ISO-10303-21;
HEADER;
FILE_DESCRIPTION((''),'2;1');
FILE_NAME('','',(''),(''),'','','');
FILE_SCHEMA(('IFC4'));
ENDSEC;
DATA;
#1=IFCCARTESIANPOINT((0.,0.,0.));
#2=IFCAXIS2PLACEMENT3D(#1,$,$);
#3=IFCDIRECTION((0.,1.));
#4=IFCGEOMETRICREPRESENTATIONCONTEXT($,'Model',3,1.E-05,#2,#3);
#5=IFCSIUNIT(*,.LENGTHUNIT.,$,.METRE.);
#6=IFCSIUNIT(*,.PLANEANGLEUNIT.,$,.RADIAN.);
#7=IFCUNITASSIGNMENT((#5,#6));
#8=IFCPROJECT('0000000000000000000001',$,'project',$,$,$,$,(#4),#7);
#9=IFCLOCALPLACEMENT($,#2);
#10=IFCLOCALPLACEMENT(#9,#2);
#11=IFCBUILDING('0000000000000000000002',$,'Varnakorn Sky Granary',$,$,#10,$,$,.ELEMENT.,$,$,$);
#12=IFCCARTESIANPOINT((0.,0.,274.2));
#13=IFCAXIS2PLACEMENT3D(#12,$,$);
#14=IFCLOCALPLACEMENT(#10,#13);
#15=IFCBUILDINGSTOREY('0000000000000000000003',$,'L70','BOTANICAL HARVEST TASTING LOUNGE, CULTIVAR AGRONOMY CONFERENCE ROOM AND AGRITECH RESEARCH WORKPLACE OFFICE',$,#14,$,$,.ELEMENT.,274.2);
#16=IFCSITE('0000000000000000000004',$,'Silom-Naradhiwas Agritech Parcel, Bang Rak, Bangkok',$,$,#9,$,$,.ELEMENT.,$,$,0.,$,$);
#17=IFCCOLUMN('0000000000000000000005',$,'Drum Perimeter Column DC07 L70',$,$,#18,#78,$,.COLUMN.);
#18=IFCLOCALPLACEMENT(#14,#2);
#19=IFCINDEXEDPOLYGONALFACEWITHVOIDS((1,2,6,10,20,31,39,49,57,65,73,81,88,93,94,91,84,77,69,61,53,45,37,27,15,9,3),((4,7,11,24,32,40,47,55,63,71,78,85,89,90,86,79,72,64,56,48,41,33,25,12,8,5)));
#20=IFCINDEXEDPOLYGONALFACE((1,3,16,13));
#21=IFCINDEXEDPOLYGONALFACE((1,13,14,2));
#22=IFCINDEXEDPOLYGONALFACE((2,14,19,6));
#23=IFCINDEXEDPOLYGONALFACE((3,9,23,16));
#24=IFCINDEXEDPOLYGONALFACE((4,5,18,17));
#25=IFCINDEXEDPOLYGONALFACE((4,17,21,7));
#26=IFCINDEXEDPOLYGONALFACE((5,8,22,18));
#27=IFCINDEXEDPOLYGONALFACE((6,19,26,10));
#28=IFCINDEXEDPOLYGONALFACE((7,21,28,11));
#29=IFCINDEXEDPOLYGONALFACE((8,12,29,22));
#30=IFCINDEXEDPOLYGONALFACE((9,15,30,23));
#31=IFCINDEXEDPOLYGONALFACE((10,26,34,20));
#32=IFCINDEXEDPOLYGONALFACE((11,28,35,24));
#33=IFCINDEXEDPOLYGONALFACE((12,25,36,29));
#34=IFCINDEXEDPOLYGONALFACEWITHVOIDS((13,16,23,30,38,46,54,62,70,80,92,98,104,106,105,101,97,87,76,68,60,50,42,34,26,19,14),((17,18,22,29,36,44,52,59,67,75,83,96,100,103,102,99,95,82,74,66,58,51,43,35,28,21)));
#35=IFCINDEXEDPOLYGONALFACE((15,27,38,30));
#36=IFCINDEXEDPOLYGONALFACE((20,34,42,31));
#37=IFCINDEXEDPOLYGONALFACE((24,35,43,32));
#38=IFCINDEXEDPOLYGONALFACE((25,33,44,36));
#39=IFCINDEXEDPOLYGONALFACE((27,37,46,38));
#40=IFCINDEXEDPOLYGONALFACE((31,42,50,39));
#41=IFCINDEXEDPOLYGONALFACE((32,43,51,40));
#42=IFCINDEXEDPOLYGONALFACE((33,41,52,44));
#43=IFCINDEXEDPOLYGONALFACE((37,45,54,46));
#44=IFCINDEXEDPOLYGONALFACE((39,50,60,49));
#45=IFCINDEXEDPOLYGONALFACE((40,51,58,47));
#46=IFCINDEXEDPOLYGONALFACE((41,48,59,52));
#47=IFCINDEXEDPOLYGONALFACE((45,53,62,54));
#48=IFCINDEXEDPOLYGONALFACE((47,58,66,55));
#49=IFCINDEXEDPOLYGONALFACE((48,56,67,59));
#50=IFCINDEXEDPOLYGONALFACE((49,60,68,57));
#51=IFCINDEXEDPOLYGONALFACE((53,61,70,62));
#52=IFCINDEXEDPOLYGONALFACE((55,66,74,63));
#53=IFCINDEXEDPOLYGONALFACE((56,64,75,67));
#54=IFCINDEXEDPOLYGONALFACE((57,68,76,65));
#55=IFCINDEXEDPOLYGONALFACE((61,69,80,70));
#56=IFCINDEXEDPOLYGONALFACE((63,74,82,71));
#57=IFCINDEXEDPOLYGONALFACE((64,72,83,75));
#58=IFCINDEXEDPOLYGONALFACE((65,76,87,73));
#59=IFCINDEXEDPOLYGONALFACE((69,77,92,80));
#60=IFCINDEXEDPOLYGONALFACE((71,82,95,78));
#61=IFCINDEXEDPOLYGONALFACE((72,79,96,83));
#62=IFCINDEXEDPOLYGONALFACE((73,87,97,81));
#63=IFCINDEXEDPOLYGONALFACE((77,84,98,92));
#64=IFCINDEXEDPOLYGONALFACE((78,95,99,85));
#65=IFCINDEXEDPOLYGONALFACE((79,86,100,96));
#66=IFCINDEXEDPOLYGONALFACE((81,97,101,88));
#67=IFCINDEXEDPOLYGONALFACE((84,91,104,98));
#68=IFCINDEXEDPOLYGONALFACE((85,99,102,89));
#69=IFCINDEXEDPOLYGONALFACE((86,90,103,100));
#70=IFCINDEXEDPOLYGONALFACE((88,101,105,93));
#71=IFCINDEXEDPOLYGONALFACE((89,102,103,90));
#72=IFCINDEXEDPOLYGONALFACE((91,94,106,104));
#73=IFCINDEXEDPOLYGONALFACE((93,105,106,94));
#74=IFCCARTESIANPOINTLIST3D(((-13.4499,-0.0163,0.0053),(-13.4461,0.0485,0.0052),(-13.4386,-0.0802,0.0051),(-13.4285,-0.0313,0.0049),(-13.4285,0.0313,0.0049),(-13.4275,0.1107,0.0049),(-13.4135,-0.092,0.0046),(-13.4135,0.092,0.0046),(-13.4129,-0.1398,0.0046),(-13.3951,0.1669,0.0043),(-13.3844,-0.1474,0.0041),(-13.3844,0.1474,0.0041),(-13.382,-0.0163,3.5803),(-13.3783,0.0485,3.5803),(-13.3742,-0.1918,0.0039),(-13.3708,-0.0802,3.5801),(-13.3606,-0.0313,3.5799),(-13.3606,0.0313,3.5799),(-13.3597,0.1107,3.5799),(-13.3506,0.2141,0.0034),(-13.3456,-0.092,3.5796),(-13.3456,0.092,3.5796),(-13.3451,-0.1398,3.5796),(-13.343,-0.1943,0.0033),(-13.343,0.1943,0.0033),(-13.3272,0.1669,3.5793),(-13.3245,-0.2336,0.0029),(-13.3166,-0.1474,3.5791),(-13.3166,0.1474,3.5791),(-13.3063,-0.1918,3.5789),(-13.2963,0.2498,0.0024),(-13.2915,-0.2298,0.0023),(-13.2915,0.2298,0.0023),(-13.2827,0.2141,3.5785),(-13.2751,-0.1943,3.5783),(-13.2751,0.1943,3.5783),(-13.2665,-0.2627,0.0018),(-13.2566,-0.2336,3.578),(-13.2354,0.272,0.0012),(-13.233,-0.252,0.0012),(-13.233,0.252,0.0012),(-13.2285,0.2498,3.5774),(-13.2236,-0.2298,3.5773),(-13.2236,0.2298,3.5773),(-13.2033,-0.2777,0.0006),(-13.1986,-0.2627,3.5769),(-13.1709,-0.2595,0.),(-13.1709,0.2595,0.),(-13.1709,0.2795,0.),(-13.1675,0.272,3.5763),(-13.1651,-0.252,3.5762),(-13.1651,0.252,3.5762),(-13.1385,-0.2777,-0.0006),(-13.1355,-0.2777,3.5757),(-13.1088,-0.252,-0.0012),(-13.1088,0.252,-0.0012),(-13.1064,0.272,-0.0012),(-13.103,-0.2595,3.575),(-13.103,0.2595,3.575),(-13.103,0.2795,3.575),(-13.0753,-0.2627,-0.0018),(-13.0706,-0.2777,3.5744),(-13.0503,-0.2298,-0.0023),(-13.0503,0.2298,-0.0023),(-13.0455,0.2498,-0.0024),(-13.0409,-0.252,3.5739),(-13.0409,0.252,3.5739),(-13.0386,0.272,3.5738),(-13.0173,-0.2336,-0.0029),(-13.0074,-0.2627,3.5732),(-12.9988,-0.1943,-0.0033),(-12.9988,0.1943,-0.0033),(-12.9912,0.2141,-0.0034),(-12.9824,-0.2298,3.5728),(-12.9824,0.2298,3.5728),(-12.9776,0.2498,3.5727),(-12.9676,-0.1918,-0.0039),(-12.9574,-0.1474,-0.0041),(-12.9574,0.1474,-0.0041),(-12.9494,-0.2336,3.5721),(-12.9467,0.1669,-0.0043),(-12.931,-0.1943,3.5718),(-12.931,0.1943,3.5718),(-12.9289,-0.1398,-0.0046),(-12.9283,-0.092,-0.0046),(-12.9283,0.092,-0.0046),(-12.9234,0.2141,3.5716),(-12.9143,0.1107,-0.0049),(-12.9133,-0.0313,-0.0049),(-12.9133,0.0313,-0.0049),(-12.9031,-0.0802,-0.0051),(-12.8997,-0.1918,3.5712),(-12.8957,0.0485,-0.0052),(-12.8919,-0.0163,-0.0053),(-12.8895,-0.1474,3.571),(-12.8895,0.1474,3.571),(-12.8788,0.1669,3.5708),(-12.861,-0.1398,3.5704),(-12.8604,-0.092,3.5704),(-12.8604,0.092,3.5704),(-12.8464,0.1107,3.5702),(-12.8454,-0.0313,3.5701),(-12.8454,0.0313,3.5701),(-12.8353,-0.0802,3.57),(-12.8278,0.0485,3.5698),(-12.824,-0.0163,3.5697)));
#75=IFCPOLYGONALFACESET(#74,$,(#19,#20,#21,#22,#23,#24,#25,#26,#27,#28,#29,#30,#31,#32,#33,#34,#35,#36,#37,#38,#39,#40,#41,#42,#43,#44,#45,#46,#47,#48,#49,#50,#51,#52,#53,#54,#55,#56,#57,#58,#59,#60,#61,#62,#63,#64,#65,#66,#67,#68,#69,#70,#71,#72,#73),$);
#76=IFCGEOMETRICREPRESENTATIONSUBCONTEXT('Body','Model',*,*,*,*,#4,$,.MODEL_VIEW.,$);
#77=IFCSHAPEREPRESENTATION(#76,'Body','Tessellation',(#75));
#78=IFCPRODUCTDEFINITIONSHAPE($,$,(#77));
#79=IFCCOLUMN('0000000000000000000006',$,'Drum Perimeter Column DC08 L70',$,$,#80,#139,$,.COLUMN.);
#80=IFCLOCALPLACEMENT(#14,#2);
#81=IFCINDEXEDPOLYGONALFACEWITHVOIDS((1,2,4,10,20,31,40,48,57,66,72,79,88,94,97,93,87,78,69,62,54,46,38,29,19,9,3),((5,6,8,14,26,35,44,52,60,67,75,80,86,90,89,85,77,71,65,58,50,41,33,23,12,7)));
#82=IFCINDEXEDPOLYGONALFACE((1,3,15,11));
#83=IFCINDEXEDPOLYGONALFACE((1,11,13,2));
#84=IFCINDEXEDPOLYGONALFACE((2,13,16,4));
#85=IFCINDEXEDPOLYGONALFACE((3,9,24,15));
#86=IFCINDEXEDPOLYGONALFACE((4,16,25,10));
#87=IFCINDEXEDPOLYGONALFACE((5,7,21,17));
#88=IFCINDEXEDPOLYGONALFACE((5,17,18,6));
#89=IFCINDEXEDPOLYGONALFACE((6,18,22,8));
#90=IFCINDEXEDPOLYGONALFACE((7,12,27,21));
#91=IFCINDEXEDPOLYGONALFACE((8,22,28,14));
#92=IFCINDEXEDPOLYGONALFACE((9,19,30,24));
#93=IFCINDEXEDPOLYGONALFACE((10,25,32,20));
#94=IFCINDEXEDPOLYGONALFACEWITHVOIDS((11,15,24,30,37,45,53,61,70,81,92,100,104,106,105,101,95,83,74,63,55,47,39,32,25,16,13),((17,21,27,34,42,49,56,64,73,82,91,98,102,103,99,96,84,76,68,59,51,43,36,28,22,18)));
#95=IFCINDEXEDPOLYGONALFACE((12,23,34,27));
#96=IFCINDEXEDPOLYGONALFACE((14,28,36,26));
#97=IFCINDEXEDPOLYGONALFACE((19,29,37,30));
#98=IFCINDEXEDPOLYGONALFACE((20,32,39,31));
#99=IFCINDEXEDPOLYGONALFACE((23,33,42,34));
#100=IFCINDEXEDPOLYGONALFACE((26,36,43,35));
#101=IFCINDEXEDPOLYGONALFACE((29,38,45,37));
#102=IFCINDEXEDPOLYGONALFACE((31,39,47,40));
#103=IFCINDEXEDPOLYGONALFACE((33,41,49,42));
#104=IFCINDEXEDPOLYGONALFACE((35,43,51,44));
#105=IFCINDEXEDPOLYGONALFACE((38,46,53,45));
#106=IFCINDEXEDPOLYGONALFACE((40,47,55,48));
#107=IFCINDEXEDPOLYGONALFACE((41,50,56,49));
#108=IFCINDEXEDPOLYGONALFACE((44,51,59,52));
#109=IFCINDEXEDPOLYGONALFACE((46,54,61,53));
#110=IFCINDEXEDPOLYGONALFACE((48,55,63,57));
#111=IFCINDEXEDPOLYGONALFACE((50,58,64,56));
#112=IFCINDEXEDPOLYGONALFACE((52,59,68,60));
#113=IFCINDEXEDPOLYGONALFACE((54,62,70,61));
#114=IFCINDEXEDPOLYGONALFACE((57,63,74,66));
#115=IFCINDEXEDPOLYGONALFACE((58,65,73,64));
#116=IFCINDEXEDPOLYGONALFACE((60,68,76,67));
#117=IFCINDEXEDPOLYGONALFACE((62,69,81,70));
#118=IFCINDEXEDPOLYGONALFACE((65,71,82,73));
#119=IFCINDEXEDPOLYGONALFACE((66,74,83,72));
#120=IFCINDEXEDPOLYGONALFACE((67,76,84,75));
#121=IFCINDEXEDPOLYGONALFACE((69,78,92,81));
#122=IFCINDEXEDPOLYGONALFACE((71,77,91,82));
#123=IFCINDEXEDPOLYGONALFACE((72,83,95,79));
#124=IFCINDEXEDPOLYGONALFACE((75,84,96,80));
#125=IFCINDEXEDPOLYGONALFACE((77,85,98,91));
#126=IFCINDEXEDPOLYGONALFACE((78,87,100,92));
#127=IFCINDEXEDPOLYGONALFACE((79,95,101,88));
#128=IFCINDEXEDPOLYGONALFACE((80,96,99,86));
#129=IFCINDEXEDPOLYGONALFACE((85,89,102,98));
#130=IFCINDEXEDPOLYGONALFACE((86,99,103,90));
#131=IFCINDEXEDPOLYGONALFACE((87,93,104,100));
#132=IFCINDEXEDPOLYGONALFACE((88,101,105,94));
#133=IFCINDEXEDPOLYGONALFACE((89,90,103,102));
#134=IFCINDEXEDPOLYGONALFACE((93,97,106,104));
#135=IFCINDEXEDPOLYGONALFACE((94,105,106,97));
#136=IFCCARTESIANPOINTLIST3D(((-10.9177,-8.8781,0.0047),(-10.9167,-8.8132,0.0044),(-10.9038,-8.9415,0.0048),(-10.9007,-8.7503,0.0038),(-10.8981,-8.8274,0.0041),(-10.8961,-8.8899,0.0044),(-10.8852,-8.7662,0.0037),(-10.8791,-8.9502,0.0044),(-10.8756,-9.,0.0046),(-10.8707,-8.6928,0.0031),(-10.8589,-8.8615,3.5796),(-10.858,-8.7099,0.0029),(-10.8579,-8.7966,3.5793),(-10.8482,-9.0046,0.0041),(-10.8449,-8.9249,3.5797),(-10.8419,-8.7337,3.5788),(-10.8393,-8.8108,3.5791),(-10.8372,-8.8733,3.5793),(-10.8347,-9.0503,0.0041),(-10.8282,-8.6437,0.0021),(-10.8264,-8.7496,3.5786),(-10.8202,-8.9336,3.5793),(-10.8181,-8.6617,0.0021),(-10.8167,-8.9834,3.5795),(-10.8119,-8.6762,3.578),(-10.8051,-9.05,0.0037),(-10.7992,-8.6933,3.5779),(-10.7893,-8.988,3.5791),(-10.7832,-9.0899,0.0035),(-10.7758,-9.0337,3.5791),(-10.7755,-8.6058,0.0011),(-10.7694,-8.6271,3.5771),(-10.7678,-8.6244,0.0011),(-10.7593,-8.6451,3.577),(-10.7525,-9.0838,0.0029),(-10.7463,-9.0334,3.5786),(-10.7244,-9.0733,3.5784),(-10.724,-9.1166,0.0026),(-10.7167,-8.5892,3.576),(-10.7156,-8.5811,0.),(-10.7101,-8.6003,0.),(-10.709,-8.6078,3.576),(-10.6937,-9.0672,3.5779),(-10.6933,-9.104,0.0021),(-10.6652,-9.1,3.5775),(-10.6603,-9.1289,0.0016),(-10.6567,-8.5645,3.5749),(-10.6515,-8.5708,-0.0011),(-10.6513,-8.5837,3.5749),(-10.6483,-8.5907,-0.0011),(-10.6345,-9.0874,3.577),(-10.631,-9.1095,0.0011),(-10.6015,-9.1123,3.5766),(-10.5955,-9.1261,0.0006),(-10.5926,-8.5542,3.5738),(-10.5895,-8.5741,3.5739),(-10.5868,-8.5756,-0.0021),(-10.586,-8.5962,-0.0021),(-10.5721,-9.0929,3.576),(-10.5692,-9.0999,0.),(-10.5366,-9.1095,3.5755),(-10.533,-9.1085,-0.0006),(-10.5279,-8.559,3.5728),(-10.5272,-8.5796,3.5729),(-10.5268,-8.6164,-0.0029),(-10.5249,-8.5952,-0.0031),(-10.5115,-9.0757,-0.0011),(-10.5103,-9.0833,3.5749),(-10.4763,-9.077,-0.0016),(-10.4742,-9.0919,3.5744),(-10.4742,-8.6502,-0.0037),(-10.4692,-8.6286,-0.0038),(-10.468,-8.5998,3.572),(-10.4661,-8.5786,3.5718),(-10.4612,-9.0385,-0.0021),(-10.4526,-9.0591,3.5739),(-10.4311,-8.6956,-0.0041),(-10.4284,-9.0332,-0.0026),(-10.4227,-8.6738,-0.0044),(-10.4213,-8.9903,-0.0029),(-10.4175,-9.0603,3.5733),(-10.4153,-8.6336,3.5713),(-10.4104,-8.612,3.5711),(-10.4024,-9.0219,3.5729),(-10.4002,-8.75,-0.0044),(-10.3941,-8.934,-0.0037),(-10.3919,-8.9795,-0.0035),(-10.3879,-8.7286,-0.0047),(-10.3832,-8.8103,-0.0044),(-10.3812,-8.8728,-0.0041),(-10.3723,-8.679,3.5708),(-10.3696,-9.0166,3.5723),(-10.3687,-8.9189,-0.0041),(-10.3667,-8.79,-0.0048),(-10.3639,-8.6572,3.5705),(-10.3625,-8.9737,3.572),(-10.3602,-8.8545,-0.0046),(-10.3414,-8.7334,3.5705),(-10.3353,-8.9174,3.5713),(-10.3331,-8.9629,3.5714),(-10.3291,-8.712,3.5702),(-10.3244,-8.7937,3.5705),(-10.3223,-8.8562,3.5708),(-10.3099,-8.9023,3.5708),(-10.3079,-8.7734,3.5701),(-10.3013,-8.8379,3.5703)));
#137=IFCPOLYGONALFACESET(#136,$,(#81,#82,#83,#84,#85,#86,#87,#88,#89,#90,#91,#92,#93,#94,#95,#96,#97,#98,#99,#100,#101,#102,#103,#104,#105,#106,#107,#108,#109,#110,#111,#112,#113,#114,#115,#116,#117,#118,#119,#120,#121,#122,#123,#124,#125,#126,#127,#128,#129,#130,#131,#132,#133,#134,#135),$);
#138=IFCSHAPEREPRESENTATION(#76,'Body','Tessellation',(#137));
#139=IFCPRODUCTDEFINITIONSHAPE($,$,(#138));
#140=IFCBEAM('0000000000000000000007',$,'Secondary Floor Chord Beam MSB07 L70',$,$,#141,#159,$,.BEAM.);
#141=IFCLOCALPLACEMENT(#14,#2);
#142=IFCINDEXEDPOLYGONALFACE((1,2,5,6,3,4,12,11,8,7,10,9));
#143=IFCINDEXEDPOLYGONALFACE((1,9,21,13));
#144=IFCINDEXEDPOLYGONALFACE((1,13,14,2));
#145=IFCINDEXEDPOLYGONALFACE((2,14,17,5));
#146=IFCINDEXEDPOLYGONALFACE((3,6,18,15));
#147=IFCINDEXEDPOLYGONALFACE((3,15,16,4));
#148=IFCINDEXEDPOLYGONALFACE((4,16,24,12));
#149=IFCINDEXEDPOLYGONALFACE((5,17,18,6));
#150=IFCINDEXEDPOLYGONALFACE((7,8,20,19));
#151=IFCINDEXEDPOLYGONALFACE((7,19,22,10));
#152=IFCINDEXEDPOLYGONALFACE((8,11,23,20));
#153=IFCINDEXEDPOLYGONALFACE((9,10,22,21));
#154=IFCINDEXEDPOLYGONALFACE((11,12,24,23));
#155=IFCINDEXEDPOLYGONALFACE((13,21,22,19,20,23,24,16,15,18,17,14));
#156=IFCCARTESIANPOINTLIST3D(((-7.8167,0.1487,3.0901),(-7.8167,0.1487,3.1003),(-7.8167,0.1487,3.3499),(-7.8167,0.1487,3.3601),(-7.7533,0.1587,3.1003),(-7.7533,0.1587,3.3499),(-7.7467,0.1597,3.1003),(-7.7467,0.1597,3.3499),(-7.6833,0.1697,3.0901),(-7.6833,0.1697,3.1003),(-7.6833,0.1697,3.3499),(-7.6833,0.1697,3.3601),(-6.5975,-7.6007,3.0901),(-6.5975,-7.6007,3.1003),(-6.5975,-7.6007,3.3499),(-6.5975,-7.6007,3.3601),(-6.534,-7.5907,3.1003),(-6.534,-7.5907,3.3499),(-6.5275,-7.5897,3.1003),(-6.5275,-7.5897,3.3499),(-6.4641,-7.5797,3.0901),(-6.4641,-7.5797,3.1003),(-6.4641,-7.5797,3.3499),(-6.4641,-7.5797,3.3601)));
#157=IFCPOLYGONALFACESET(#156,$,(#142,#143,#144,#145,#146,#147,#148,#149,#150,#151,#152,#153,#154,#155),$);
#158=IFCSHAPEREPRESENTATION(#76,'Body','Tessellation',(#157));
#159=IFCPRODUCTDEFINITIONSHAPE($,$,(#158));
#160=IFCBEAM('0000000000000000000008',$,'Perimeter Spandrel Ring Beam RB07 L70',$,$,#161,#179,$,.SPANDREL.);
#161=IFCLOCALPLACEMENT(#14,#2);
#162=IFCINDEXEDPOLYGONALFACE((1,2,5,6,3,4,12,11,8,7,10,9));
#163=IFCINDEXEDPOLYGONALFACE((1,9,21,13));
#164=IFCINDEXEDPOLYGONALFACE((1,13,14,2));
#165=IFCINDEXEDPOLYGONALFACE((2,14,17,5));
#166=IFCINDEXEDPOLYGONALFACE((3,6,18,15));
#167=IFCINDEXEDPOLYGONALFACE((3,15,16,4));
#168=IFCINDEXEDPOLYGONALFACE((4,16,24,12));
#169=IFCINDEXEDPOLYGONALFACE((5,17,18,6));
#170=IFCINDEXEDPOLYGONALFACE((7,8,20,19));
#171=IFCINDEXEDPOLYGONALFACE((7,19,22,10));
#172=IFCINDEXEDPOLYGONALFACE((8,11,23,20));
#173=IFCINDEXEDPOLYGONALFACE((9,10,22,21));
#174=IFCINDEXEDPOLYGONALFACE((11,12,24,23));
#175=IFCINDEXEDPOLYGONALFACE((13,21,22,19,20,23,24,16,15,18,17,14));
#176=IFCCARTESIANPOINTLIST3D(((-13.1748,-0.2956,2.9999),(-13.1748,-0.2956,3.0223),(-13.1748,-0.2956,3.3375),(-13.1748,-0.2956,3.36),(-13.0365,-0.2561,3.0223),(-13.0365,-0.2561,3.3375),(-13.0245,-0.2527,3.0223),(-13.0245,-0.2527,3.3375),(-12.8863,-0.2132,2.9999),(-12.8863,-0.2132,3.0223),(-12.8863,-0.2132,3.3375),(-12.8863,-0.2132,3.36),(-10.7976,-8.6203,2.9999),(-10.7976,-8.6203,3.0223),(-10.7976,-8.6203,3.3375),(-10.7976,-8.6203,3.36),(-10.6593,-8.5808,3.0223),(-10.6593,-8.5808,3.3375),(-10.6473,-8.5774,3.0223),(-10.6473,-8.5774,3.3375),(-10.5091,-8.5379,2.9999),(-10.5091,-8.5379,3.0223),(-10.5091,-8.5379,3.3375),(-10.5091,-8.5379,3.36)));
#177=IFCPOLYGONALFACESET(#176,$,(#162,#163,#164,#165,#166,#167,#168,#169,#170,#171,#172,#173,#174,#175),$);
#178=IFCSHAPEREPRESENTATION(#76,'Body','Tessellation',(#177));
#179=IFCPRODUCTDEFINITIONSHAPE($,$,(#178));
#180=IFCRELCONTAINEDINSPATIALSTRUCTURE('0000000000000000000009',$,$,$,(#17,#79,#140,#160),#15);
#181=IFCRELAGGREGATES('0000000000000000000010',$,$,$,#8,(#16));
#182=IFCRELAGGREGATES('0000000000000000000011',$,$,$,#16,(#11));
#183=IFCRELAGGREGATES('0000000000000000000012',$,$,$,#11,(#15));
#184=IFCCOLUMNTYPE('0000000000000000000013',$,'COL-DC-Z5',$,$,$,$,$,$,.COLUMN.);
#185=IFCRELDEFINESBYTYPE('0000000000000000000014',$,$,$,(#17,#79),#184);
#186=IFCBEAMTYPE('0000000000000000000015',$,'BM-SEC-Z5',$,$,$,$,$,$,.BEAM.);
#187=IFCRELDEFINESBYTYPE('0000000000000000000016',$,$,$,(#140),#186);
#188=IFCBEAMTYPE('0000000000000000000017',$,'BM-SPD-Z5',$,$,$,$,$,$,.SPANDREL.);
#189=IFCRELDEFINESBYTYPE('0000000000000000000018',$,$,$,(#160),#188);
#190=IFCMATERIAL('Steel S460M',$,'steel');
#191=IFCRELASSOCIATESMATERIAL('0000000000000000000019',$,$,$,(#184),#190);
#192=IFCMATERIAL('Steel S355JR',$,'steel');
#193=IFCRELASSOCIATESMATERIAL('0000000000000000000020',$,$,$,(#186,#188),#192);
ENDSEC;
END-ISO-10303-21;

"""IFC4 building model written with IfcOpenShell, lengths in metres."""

from ifc_helpers import new_model, si_unit, direction, frame, origin, origin_2d, place, context, subcontext, project, spatial, hollow_circle, i_section, extrude, material, material_profile, profile_set, type_object, element, save


model = new_model("IFC4")

# Units and contexts
model_context = context("Model", 3, precision=1e-05, world=origin(), true_north=direction((0.0, 1.0)))
body_context = subcontext(model_context, "Body", "Model", "MODEL_VIEW")
ifc_project = project(units=[si_unit("LENGTHUNIT", "METRE"), si_unit("PLANEANGLEUNIT", "RADIAN")], contexts=[model_context])

# Site, building, storey
site_placement = place(None, origin())
site = spatial("IfcSite", under=ifc_project, at=site_placement, Name="Silom-Naradhiwas Agritech Parcel, Bang Rak, Bangkok", CompositionType="ELEMENT", RefElevation=0.0)
building_placement = place(site_placement, origin())
building = spatial("IfcBuilding", under=site, at=building_placement, Name="Varnakorn Sky Granary", CompositionType="ELEMENT")
storey_placement = place(building_placement, frame((0.0, 0.0, 274.2)))
storey = spatial("IfcBuildingStorey", under=building, at=storey_placement, Name="L70", Description="BOTANICAL HARVEST TASTING LOUNGE, CULTIVAR AGRONOMY CONFERENCE ROOM AND AGRITECH RESEARCH WORKPLACE OFFICE", CompositionType="ELEMENT", Elevation=274.2)

# Columns
ifc_material_1 = material(Name="Steel S460M", Category="steel")
ifc_material_profile_1 = material_profile(ifc_material_1, hollow_circle(Radius=0.2795, WallThickness=0.02, at=origin_2d()), Name="CHS 559x20")
ifc_profile_set_1 = profile_set([ifc_material_profile_1], Name="Steel S460M")
column_type = type_object("IfcColumnType", Name="COL-DC-Z5", PredefinedType="COLUMN", material=ifc_profile_set_1)
column_1_placement = place(storey_placement, frame((-13.1709, 0.0, 0.0), z_axis=(0.018982, 0.0, 0.99982), x_axis=(0.0, 1.0, 0.0)))
element("IfcColumn", 1, at=column_1_placement, inside=storey, type_object=column_type, Name="Drum Perimeter Column DC07 L70", PredefinedType="COLUMN", context=body_context, shape_type="SweptSolid", body=[
    extrude(hollow_circle(Radius=0.2795, WallThickness=0.02, at=origin_2d()), origin(), (0.0, 0.0, 1.0), 3.5757),
])
column_2_placement = place(storey_placement, frame((-10.6396, -8.8501, 0.0), z_axis=(0.016456, 0.004643, 0.999854), x_axis=(-0.271555, 0.962423, 0.0)))
element("IfcColumn", 2, at=column_2_placement, inside=storey, type_object=column_type, Name="Drum Perimeter Column DC08 L70", PredefinedType="COLUMN", context=body_context, shape_type="SweptSolid", body=[
    extrude(hollow_circle(Radius=0.2795, WallThickness=0.02, at=origin_2d()), origin(), (0.0, 0.0, 1.0), 3.5754),
])

# Beams
ifc_material_2 = material(Name="Steel S355JR", Category="steel")
ifc_material_profile_2 = material_profile(ifc_material_2, i_section(OverallWidth=0.135, OverallDepth=0.27, WebThickness=0.0066, FlangeThickness=0.0103, at=origin_2d()), Name="IPE 270")
ifc_profile_set_2 = profile_set([ifc_material_profile_2], Name="Steel S355JR")
beam_type_1 = type_object("IfcBeamType", Name="BM-SEC-Z5", PredefinedType="BEAM", material=ifc_profile_set_2)
beam_1_placement = place(storey_placement, frame((-7.75, 0.1592, 3.2251), z_axis=(0.155419, -0.987849, 0.0), x_axis=(0.987849, 0.155419, 0.0)))
element("IfcBeam", 3, at=beam_1_placement, inside=storey, type_object=beam_type_1, Name="Secondary Floor Chord Beam MSB07 L70", PredefinedType="BEAM", context=body_context, shape_type="SweptSolid", body=[
    extrude(i_section(OverallWidth=0.135, OverallDepth=0.27, WebThickness=0.0066, FlangeThickness=0.0103, at=origin_2d()), origin(), (0.0, 0.0, 1.0), 7.8447),
])
ifc_material_profile_3 = material_profile(ifc_material_2, i_section(OverallWidth=0.3, OverallDepth=0.3601, WebThickness=0.0125, FlangeThickness=0.0225, at=origin_2d()), Name="HE 360 B")
ifc_profile_set_3 = profile_set([ifc_material_profile_3], Name="Steel S355JR")
beam_type_2 = type_object("IfcBeamType", Name="BM-SPD-Z5", PredefinedType="SPANDREL", material=ifc_profile_set_3)
beam_2_placement = place(storey_placement, frame((-13.0305, -0.2544, 3.1799), z_axis=(0.274583, -0.961563, 0.0), x_axis=(0.961563, 0.274583, 0.0)))
element("IfcBeam", 4, at=beam_2_placement, inside=storey, type_object=beam_type_2, Name="Perimeter Spandrel Ring Beam RB07 L70", PredefinedType="SPANDREL", context=body_context, shape_type="SweptSolid", body=[
    extrude(i_section(OverallWidth=0.3, OverallDepth=0.3601, WebThickness=0.0125, FlangeThickness=0.0225, at=origin_2d()), origin(), (0.0, 0.0, 1.0), 8.6575),
])

save(model, "model.ifc")
